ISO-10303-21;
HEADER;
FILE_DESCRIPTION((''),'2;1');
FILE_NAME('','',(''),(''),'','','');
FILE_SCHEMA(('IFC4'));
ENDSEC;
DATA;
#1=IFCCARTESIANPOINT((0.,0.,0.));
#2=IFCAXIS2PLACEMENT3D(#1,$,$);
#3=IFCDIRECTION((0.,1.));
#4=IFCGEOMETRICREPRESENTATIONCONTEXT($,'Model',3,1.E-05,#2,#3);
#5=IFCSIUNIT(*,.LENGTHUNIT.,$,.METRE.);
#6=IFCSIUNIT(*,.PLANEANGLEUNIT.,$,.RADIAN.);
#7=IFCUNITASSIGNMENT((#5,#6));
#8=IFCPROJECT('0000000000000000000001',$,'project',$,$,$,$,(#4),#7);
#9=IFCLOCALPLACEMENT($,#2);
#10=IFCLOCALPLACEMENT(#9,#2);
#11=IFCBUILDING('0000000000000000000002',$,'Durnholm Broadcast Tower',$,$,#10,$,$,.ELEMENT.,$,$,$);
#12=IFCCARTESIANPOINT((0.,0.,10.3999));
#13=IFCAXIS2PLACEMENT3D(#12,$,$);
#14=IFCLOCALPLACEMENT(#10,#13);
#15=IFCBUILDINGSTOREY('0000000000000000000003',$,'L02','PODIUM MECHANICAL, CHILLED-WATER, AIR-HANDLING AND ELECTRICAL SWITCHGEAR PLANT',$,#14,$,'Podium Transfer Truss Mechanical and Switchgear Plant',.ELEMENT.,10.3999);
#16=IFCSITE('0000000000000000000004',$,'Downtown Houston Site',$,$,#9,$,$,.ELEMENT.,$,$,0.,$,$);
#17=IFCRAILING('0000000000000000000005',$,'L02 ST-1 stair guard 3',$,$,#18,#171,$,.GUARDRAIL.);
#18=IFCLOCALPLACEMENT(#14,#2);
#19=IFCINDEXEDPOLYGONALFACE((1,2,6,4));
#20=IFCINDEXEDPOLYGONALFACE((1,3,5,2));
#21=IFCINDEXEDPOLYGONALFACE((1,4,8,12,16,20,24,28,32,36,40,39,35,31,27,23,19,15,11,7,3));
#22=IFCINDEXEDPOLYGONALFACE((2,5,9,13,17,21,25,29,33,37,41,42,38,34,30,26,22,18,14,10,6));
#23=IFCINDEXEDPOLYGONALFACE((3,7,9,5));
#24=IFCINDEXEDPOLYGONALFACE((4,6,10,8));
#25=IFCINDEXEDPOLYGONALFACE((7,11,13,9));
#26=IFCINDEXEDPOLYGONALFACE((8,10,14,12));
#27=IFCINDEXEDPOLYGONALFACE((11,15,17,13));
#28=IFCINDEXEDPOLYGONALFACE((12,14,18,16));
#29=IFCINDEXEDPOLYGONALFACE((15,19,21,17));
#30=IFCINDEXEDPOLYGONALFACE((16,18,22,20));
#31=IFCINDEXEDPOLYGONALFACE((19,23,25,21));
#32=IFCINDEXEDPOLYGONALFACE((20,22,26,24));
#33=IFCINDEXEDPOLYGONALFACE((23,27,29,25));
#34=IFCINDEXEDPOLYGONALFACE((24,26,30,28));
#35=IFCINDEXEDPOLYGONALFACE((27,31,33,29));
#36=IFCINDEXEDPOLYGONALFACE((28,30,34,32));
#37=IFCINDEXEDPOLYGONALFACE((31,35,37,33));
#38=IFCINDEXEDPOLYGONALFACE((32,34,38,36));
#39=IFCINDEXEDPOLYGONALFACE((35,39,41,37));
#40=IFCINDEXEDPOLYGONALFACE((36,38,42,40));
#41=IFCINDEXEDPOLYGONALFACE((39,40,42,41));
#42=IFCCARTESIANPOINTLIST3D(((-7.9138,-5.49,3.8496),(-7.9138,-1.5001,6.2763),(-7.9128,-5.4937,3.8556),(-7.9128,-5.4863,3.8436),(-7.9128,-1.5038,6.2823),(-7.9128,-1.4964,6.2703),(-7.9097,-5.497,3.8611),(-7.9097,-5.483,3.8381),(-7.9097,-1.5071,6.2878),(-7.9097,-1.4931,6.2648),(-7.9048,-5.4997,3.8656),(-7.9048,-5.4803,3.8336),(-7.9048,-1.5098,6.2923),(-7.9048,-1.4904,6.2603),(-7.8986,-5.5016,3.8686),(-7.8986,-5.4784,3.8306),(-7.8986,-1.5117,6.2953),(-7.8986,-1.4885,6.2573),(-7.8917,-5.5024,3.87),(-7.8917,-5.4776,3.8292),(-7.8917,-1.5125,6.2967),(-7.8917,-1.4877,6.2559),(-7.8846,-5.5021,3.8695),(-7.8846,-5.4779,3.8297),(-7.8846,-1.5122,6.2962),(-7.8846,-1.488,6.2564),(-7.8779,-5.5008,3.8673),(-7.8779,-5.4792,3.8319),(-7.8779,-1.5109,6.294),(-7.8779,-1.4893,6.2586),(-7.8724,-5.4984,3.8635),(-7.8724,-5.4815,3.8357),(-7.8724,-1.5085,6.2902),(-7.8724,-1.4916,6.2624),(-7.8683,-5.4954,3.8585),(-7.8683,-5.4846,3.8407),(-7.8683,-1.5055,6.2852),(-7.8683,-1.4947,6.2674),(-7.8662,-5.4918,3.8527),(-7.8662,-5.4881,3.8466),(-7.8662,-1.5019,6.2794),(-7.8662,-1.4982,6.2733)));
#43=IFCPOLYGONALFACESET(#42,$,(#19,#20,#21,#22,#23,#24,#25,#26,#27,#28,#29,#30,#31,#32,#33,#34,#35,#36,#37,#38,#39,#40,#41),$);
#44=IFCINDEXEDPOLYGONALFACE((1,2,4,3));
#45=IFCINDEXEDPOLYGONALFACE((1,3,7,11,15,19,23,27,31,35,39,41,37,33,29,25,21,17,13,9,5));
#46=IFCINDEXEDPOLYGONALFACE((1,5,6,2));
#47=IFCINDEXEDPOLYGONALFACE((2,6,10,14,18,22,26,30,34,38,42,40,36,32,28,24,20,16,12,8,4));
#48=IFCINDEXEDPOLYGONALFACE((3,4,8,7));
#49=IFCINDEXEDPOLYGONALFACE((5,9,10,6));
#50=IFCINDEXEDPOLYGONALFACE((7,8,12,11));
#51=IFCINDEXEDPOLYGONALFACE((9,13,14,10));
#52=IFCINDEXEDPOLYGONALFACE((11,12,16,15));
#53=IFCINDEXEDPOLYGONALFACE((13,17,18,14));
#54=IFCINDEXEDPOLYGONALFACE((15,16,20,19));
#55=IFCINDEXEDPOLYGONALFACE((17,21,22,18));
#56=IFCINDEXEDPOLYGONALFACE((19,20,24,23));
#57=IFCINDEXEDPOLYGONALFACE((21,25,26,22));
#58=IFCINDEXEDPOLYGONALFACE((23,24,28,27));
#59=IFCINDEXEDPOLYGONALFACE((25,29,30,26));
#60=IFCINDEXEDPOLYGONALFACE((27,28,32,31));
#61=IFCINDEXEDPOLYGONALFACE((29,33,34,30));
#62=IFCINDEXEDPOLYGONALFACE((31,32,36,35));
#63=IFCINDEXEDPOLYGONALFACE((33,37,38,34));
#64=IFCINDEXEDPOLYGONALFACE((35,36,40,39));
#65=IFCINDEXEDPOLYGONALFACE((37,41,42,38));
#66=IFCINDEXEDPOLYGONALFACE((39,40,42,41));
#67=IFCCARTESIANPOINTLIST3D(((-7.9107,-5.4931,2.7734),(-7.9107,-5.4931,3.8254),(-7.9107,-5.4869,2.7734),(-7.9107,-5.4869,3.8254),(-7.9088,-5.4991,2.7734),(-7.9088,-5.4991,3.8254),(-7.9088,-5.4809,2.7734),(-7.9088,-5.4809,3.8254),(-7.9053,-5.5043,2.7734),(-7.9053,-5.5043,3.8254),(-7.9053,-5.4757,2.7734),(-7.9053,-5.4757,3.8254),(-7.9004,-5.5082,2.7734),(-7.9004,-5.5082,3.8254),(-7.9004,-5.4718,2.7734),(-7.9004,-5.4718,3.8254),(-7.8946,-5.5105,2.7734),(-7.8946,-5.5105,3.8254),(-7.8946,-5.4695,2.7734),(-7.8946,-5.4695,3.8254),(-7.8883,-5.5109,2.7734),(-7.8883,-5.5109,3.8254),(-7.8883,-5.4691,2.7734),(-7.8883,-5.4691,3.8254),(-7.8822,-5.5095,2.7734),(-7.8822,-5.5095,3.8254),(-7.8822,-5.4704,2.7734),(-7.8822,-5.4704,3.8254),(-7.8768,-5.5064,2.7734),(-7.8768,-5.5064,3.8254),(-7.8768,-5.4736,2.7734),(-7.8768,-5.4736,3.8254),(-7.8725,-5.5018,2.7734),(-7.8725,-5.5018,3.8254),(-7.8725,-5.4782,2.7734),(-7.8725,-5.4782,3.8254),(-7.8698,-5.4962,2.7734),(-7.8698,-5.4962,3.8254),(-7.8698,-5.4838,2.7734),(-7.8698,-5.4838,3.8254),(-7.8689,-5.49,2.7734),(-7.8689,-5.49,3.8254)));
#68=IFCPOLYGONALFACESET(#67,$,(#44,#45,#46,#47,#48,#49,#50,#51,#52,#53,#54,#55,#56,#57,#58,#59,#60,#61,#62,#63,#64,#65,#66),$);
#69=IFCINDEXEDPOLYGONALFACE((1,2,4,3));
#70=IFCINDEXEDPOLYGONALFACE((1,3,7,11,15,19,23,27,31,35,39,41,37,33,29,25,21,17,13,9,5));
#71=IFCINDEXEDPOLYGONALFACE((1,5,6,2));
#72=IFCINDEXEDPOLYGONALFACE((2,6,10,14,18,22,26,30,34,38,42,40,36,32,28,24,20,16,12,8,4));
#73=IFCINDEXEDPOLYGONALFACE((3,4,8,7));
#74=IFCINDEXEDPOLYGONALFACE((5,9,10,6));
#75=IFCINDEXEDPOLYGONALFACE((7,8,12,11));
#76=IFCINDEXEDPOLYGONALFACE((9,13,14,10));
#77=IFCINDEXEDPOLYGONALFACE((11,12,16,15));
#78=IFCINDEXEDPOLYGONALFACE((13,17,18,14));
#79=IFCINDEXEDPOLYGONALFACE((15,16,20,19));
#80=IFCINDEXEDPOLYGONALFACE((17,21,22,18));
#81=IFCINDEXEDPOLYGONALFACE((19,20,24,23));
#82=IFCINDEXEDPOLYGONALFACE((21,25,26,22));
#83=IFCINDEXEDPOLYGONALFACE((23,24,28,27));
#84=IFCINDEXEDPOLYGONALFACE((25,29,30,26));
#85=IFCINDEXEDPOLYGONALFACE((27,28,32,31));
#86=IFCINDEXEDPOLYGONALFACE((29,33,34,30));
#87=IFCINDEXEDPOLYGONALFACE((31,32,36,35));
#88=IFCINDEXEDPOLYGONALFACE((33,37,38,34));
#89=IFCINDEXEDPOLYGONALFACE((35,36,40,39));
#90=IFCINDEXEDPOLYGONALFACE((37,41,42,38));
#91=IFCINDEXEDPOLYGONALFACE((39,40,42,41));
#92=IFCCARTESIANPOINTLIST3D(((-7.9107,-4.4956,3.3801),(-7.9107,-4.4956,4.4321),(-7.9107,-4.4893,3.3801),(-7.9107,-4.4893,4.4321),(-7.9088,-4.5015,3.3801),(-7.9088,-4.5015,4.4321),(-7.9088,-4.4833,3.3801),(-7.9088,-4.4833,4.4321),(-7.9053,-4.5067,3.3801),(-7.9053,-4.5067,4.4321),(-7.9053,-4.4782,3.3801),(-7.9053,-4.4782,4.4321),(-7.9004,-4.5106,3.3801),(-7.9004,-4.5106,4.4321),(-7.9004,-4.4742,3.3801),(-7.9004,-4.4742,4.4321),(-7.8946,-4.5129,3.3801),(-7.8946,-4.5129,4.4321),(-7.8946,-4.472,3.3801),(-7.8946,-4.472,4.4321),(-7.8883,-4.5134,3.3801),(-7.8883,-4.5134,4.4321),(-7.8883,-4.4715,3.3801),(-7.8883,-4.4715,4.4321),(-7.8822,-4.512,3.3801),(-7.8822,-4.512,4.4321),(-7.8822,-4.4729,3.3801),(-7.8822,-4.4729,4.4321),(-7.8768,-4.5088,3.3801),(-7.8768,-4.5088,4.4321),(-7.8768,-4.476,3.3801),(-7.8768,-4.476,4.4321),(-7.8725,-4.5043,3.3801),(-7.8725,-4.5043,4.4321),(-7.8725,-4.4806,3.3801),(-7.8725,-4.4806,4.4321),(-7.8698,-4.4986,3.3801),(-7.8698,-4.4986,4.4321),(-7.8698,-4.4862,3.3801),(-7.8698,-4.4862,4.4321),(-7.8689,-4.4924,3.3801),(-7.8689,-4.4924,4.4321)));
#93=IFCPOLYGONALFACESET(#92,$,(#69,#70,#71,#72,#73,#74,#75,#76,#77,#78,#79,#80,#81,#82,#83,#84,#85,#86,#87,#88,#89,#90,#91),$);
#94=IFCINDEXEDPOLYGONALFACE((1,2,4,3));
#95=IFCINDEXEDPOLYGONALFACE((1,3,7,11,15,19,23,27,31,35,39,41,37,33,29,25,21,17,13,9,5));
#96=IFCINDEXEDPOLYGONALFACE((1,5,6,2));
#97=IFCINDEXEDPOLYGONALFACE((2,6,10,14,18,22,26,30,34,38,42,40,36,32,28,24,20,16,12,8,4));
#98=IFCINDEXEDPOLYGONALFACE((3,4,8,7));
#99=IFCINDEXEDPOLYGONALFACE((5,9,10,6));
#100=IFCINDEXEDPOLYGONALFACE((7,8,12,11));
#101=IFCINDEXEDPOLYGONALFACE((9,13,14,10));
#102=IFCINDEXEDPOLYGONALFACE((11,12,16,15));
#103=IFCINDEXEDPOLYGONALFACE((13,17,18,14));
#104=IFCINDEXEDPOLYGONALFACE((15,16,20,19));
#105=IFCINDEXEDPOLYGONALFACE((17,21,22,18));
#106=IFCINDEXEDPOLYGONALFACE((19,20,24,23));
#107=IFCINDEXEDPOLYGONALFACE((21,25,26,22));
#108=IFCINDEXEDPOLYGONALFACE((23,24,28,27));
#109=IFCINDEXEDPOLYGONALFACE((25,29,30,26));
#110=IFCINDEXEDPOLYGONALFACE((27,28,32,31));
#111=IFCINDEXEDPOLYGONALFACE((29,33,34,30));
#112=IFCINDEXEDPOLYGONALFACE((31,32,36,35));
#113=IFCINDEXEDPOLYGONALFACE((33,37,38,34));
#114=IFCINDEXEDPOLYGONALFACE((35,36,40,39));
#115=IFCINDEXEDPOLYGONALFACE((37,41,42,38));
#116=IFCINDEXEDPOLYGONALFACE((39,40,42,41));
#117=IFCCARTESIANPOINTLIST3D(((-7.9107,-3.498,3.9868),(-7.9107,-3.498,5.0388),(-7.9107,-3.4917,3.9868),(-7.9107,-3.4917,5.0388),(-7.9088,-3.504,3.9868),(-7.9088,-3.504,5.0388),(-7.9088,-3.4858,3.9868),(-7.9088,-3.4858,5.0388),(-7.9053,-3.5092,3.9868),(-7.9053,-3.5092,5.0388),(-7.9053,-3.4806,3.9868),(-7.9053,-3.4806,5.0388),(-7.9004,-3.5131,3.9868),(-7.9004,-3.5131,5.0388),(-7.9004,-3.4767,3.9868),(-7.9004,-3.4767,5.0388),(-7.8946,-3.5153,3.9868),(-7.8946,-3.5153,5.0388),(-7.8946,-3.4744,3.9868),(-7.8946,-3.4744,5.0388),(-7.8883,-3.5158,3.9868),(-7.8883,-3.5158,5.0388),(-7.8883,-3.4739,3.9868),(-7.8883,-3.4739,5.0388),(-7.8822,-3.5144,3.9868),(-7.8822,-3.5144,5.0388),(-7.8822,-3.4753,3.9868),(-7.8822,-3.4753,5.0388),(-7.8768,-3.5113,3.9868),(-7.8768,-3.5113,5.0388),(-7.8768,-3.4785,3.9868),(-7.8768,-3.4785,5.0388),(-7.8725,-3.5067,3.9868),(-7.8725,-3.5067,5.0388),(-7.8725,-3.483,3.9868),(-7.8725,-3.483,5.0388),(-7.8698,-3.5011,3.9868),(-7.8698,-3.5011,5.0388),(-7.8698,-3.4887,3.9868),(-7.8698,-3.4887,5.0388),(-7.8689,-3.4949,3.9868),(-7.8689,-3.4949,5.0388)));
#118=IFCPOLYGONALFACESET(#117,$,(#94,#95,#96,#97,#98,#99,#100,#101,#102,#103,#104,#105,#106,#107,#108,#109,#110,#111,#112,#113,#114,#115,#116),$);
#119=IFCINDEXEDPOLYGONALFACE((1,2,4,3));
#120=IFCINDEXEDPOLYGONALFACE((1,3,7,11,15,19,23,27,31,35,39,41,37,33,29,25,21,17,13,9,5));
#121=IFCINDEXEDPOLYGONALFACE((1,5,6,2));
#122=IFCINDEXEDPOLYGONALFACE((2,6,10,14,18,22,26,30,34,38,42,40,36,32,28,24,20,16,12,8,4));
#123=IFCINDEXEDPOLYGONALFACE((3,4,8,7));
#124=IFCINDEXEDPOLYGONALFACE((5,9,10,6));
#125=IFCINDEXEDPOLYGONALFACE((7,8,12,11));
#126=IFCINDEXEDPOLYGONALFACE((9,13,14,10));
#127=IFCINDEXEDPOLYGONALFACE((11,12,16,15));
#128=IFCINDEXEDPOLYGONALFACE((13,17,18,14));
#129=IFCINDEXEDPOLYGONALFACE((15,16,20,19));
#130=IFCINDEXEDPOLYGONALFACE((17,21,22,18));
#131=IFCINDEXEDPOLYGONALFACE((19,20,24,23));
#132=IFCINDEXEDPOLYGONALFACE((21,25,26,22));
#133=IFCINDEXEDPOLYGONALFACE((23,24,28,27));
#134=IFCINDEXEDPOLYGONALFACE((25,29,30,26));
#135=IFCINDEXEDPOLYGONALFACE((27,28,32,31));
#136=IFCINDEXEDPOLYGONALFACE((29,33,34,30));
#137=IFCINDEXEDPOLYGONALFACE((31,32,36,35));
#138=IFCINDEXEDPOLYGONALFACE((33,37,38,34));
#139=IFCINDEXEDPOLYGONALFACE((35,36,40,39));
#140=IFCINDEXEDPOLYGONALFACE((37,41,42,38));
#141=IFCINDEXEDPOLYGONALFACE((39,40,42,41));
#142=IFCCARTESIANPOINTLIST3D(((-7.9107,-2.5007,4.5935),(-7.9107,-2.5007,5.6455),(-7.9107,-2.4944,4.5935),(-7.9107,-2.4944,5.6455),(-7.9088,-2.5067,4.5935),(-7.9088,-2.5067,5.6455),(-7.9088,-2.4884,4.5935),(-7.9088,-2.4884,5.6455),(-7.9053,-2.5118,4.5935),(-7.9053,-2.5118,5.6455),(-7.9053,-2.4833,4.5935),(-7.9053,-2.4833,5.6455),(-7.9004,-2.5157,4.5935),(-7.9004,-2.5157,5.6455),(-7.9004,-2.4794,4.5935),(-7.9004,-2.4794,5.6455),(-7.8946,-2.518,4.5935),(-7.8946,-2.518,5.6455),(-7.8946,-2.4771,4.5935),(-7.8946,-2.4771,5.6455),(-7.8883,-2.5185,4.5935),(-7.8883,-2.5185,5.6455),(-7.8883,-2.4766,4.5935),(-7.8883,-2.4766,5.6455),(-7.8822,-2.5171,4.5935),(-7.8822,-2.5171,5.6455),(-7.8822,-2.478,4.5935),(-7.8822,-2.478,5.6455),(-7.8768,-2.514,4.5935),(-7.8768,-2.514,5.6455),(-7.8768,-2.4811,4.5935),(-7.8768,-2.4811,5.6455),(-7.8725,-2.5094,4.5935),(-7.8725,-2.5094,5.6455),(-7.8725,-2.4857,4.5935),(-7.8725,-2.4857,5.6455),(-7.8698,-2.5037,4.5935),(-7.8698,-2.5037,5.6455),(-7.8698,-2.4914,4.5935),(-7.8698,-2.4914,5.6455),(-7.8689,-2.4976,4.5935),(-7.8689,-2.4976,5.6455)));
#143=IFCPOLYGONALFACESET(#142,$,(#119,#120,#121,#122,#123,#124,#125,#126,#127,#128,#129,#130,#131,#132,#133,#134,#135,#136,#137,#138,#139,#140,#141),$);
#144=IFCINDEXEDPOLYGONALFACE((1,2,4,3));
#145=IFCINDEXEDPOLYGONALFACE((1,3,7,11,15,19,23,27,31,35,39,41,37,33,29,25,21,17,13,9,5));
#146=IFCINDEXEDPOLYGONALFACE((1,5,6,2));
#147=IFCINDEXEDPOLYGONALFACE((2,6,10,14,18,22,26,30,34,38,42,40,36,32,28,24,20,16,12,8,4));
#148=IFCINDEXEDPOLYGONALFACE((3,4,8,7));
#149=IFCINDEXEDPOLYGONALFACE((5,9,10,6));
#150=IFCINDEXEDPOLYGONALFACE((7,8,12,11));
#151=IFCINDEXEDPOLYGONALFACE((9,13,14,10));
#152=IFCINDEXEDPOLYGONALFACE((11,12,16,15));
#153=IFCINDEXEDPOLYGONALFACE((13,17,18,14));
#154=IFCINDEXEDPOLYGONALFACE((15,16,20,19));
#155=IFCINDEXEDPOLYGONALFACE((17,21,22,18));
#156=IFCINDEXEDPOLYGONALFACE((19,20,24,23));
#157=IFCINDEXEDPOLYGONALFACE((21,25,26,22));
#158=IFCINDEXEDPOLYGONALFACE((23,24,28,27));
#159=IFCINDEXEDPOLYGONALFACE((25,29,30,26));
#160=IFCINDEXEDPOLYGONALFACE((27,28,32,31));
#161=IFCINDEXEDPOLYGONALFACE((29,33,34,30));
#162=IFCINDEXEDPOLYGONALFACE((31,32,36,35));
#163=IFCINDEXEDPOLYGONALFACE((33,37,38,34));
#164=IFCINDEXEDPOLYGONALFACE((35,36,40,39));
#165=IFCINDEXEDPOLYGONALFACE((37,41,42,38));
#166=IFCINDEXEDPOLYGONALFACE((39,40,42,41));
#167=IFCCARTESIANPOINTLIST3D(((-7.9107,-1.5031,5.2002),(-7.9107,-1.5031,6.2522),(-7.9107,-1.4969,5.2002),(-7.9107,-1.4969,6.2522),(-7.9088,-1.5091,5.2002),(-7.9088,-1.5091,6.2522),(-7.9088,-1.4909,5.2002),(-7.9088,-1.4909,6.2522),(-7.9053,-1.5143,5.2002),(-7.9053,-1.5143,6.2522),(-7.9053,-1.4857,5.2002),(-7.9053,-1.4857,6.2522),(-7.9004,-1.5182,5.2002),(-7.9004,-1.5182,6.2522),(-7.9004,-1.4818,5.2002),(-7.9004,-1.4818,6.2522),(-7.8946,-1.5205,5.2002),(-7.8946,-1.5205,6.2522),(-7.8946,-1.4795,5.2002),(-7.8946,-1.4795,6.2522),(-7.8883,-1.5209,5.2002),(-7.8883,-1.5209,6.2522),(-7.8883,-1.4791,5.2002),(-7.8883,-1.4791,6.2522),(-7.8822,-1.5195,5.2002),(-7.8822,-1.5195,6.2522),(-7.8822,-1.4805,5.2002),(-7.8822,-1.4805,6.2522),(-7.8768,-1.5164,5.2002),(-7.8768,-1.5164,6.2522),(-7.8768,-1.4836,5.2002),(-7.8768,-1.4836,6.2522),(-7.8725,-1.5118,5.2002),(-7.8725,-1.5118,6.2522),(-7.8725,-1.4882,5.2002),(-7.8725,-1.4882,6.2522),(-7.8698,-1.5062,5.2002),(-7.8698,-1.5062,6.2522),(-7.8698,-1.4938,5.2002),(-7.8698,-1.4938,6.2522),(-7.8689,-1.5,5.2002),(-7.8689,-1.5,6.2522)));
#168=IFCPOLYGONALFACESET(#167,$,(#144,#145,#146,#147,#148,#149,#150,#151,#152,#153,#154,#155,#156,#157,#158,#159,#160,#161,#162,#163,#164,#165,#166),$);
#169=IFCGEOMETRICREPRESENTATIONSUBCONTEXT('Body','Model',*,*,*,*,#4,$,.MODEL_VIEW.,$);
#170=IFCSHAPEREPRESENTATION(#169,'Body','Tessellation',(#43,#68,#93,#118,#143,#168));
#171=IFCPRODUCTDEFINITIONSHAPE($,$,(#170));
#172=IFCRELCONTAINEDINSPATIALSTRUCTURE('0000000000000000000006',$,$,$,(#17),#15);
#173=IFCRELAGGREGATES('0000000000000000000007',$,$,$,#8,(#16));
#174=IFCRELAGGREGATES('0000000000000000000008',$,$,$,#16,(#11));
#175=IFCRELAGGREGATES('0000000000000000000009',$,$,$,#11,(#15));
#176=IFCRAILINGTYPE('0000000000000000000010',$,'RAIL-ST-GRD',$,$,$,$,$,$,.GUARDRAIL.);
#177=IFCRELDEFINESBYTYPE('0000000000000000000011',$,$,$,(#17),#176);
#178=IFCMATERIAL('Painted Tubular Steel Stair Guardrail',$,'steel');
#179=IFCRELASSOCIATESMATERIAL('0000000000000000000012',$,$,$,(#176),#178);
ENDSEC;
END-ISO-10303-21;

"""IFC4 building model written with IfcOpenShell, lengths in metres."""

from ifc_helpers import new_model, si_unit, direction, frame, origin, origin_2d, place, context, subcontext, project, spatial, circle, extrude, material, type_object, element, save


model = new_model("IFC4")

# Units and contexts
model_context = context("Model", 3, precision=1e-05, world=origin(), true_north=direction((0.0, 1.0)))
body_context = subcontext(model_context, "Body", "Model", "MODEL_VIEW")
ifc_project = project(units=[si_unit("LENGTHUNIT", "METRE"), si_unit("PLANEANGLEUNIT", "RADIAN")], contexts=[model_context])

# Site, building, storey
site_placement = place(None, origin())
site = spatial("IfcSite", under=ifc_project, at=site_placement, Name="Downtown Houston Site", CompositionType="ELEMENT", RefElevation=0.0)
building_placement = place(site_placement, origin())
building = spatial("IfcBuilding", under=site, at=building_placement, Name="Durnholm Broadcast Tower", CompositionType="ELEMENT")
storey_placement = place(building_placement, frame((0.0, 0.0, 10.3999)))
storey = spatial("IfcBuildingStorey", under=building, at=storey_placement, Name="L02", Description="PODIUM MECHANICAL, CHILLED-WATER, AIR-HANDLING AND ELECTRICAL SWITCHGEAR PLANT", LongName="Podium Transfer Truss Mechanical and Switchgear Plant", CompositionType="ELEMENT", Elevation=10.3999)

# Railing
ifc_material_1 = material(Name="Painted Tubular Steel Stair Guardrail", Category="steel")
railing_type_1 = type_object("IfcRailingType", Name="RAIL-ST-GRD", PredefinedType="GUARDRAIL", material=ifc_material_1)
railing_1_placement = place(storey_placement, frame((-7.8899, -5.49, 2.7734)))
element("IfcRailing", 1, at=railing_1_placement, inside=storey, type_object=railing_type_1, Name="L02 ST-1 stair guard 3", PredefinedType="GUARDRAIL", context=body_context, shape_type="SweptSolid", body=[
    extrude(circle(Radius=0.0239, at=origin_2d()), frame((0.0, 0.0, 1.0762), z_axis=(0.0, 0.854382, 0.519645), x_axis=(-1.0, 0.0, 0.0)), (0.0, 0.0, 1.0), 4.6699),
    extrude(circle(Radius=0.021, at=origin_2d()), origin(), (0.0, 0.0, 1.0), 1.052),
    extrude(circle(Radius=0.021, at=origin_2d()), frame((0.0, 0.9976, 0.6067)), (0.0, 0.0, 1.0), 1.052),
    extrude(circle(Radius=0.021, at=origin_2d()), frame((0.0, 1.9951, 1.2134)), (0.0, 0.0, 1.0), 1.052),
    extrude(circle(Radius=0.021, at=origin_2d()), frame((0.0, 2.9924, 1.8201)), (0.0, 0.0, 1.0), 1.052),
    extrude(circle(Radius=0.021, at=origin_2d()), frame((0.0, 3.99, 2.4268)), (0.0, 0.0, 1.0), 1.052),
])

save(model, "model.ifc")
